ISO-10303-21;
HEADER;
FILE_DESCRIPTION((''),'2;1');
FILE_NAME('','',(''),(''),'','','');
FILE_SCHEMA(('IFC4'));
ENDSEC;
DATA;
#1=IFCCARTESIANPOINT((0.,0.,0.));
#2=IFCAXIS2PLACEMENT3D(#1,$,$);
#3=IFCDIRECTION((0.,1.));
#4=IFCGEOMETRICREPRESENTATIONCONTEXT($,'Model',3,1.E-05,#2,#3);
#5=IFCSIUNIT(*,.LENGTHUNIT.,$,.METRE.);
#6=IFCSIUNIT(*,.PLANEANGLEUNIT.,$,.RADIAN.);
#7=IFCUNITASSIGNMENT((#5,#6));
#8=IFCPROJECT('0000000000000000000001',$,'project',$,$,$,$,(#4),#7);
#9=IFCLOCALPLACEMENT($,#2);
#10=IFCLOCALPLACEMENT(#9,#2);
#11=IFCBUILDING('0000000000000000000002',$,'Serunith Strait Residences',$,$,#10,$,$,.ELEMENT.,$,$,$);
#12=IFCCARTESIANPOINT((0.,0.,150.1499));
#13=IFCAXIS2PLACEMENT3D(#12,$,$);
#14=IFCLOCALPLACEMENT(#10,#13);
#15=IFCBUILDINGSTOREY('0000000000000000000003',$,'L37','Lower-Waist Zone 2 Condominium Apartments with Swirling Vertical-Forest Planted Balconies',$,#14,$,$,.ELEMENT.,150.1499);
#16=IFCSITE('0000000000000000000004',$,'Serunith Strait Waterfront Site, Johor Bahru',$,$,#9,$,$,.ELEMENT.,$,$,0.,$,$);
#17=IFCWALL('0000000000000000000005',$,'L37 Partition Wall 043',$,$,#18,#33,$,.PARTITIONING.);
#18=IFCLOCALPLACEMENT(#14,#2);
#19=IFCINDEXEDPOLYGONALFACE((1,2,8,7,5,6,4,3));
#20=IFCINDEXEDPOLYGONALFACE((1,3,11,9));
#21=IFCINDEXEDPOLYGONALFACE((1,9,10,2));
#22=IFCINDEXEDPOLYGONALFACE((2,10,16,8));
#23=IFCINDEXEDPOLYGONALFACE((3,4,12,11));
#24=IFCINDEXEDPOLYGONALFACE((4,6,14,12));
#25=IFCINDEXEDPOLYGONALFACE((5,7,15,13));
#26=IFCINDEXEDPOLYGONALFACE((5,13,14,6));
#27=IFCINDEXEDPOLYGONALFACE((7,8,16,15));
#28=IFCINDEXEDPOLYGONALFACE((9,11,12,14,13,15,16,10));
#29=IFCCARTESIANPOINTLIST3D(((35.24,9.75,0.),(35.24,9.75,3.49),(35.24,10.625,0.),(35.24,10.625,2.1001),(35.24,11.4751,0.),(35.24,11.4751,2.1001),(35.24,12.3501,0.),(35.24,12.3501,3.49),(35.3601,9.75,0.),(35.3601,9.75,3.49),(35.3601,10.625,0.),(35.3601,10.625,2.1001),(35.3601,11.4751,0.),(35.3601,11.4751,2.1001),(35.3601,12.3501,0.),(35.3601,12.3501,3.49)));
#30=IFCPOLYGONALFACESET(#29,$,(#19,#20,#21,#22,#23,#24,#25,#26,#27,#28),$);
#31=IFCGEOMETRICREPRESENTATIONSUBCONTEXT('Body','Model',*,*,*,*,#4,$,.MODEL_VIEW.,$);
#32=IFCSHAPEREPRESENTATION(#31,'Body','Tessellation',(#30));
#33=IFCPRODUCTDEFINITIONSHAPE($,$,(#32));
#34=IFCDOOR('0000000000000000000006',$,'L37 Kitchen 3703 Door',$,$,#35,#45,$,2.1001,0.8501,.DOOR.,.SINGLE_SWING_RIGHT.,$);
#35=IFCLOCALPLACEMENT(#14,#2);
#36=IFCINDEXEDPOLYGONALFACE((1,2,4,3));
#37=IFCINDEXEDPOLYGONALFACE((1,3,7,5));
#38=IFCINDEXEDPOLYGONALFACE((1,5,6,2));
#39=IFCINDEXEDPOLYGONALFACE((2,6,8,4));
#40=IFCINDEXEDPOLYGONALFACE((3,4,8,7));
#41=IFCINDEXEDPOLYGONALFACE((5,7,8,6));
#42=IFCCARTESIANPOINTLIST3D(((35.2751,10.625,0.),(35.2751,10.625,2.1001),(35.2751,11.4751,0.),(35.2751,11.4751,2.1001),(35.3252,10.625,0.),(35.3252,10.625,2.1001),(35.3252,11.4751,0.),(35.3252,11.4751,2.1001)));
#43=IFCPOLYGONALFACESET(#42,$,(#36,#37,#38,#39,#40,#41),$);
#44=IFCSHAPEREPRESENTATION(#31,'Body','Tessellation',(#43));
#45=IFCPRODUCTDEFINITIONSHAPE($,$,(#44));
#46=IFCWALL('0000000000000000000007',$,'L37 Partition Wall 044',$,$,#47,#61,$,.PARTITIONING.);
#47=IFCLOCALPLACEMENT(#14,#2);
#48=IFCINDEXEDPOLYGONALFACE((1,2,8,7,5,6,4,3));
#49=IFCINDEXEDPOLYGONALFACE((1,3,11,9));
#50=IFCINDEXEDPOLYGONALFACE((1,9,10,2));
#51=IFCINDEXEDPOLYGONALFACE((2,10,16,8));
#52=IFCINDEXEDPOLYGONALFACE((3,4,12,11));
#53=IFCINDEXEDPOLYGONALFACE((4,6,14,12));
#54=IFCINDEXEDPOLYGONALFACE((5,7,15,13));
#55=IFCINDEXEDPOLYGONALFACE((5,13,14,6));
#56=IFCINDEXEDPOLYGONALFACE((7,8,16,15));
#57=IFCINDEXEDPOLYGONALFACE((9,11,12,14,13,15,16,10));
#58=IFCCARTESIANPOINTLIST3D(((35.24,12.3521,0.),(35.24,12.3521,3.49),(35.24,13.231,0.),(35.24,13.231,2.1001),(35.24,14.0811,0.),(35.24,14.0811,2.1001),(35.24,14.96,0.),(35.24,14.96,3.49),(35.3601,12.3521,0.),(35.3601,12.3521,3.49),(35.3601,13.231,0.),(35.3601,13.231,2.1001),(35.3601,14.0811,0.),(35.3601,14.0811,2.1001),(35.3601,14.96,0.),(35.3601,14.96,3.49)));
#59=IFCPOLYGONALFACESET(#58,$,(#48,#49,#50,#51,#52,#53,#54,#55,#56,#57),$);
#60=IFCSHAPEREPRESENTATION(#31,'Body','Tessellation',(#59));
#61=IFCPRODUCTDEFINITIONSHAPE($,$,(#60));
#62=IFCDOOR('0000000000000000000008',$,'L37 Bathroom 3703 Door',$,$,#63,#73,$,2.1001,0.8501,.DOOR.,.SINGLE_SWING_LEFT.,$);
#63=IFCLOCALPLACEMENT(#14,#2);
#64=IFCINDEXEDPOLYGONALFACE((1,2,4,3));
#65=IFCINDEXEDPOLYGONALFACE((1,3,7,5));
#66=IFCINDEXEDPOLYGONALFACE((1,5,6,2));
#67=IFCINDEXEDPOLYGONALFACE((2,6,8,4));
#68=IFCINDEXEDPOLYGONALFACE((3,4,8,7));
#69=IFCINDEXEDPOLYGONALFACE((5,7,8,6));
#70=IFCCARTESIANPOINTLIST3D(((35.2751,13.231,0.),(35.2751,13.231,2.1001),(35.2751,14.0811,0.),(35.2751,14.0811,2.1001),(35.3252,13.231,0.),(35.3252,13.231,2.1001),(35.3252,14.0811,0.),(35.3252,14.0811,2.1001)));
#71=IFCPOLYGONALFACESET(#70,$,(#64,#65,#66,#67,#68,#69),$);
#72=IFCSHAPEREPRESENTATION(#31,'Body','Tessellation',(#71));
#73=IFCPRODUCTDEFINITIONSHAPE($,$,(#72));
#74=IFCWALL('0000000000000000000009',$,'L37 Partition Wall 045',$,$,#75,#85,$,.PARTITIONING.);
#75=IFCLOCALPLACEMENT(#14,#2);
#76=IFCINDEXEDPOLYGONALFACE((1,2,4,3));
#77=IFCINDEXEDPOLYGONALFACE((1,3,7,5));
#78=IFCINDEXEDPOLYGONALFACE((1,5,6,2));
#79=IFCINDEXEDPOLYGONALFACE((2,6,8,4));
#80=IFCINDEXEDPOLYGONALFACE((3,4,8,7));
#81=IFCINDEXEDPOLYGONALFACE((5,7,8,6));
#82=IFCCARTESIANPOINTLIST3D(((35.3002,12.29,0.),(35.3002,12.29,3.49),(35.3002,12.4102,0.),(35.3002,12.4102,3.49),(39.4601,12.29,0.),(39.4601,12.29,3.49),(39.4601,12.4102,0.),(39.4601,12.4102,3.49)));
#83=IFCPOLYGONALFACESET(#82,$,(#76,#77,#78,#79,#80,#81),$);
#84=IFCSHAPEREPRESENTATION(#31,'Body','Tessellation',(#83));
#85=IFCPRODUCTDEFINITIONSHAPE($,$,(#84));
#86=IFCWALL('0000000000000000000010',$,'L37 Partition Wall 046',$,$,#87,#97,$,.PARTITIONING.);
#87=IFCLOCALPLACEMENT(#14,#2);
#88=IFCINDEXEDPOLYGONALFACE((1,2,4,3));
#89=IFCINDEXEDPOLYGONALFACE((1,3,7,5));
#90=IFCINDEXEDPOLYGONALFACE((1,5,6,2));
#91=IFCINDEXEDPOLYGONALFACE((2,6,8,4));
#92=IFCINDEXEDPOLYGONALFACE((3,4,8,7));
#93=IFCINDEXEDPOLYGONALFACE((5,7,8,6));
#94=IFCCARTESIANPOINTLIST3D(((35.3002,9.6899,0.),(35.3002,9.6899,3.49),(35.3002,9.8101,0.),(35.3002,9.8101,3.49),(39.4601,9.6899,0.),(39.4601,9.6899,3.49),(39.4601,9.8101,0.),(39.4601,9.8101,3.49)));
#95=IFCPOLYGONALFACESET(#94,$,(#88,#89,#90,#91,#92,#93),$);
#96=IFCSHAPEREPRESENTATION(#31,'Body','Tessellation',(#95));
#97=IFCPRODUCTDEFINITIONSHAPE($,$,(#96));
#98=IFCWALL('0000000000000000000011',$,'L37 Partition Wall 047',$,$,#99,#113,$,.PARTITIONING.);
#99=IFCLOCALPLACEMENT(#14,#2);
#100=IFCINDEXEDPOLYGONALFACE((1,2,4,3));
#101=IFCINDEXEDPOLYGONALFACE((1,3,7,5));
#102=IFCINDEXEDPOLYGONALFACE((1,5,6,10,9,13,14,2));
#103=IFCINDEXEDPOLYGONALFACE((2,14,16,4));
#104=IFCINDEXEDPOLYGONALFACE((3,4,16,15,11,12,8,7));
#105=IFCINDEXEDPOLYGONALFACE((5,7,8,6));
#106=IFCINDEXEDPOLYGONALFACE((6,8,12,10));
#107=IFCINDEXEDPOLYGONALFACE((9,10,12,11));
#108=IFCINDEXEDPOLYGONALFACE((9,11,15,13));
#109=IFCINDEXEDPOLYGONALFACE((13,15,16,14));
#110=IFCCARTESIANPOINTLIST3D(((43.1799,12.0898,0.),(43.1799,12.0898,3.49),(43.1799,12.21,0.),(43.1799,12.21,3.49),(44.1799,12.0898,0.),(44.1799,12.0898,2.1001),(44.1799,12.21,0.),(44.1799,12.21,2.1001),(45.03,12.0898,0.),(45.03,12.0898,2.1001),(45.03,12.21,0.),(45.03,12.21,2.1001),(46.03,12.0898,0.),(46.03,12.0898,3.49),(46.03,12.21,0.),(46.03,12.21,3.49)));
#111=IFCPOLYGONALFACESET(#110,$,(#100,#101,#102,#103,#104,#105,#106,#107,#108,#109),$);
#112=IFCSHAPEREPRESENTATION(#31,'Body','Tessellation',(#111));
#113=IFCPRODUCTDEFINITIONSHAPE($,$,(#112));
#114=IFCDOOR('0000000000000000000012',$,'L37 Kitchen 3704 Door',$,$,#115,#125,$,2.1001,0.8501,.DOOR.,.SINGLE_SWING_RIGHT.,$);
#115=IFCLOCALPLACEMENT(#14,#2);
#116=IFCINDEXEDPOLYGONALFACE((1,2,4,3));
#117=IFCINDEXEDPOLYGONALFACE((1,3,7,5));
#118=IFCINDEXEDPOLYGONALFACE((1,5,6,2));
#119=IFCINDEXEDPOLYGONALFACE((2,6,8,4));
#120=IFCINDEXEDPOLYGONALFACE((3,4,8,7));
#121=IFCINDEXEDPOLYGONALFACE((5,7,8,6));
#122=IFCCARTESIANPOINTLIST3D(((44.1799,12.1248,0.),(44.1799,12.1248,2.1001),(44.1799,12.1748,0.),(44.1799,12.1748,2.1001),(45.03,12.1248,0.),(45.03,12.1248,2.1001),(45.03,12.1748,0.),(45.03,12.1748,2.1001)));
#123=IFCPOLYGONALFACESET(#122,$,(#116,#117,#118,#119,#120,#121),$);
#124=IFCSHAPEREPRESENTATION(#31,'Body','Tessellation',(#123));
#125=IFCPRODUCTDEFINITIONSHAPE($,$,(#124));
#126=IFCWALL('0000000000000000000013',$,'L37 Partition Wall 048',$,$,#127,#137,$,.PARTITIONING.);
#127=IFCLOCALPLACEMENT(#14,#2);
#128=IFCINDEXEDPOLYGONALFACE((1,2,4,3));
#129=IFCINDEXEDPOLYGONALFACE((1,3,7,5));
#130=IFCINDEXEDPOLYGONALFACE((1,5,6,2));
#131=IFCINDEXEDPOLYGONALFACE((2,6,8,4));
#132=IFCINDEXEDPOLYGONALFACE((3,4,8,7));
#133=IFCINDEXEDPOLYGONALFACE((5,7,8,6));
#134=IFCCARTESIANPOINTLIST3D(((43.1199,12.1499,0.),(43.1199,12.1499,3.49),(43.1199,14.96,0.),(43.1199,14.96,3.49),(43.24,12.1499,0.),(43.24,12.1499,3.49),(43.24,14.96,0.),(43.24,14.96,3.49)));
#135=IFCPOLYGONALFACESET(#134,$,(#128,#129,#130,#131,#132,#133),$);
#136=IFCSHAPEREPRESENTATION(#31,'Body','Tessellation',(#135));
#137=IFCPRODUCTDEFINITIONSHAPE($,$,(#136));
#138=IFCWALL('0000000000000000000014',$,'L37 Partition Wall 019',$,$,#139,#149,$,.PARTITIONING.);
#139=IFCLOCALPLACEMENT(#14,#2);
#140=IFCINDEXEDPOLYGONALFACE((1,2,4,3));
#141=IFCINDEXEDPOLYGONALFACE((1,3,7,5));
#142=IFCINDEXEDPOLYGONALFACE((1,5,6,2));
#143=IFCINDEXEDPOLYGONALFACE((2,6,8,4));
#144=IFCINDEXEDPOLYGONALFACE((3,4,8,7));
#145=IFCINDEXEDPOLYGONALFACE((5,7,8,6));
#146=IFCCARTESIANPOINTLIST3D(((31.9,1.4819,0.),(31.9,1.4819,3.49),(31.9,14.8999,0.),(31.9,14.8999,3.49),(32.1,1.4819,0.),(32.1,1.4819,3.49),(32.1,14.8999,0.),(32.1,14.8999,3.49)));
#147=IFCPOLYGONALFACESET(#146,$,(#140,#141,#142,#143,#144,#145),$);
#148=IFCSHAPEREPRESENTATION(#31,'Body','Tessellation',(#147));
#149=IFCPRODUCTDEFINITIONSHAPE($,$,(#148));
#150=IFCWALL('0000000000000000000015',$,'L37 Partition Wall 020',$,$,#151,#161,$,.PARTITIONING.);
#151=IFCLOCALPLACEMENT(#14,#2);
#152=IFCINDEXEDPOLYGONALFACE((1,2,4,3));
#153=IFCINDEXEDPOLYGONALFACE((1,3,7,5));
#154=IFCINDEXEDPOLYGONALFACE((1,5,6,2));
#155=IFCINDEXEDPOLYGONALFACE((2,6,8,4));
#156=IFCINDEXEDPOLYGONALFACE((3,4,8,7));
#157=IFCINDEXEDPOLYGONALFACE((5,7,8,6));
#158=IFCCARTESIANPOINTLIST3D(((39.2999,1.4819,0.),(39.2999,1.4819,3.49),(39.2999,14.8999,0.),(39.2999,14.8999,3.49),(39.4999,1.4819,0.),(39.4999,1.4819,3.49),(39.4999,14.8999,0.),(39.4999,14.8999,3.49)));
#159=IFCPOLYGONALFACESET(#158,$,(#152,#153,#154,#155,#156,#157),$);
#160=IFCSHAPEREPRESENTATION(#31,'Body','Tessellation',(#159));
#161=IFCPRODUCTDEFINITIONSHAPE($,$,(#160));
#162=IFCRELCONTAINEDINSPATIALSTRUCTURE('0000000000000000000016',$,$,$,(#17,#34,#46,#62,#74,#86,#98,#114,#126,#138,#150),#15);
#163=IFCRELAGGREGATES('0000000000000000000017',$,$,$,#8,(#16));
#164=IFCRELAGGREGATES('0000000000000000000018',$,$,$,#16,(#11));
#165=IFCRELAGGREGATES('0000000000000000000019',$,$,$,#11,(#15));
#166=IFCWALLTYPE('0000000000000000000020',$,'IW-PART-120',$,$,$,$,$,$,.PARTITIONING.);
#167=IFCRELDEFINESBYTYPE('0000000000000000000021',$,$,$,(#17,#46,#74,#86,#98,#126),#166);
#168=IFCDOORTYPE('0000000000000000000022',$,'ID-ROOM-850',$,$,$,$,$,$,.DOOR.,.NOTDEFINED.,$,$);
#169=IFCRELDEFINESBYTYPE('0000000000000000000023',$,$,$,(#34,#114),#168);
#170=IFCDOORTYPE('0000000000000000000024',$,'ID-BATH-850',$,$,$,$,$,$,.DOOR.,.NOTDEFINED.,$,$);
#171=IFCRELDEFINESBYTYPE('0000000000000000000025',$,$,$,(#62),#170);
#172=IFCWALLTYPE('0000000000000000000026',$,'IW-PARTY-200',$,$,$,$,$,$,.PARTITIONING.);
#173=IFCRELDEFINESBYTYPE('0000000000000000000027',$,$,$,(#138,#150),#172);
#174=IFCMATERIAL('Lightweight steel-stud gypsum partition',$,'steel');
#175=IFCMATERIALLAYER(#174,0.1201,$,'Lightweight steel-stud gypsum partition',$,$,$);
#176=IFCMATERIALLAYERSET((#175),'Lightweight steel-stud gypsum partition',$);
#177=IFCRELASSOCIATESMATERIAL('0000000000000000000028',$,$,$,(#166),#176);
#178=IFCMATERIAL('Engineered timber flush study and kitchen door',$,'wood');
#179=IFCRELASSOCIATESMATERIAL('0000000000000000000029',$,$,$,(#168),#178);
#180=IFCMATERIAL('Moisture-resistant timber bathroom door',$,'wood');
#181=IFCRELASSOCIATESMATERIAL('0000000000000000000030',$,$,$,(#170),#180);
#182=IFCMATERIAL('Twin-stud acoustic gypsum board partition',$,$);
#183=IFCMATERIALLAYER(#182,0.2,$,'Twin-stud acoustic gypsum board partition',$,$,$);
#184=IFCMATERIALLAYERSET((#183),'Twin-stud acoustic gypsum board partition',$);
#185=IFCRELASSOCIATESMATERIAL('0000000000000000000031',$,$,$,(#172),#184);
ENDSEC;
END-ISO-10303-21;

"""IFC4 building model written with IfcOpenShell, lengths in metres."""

from ifc_helpers import new_model, si_unit, direction, frame, frame_2d, origin, place, context, subcontext, project, spatial, rectangle, extrude, source, transform, mapped, material, layer, layer_set, type_object, element, fill, save


model = new_model("IFC4")

# Units and contexts
model_context = context("Model", 3, precision=1e-05, world=origin(), true_north=direction((0.0, 1.0)))
body_context = subcontext(model_context, "Body", "Model", "MODEL_VIEW")
ifc_project = project(units=[si_unit("LENGTHUNIT", "METRE"), si_unit("PLANEANGLEUNIT", "RADIAN")], contexts=[model_context])

# Site, building, storey
site_placement = place(None, origin())
site = spatial("IfcSite", under=ifc_project, at=site_placement, Name="Serunith Strait Waterfront Site, Johor Bahru", CompositionType="ELEMENT", RefElevation=0.0)
building_placement = place(site_placement, origin())
building = spatial("IfcBuilding", under=site, at=building_placement, Name="Serunith Strait Residences", CompositionType="ELEMENT")
storey_placement = place(building_placement, frame((0.0, 0.0, 150.1499)))
storey = spatial("IfcBuildingStorey", under=building, at=storey_placement, Name="L37", Description="Lower-Waist Zone 2 Condominium Apartments with Swirling Vertical-Forest Planted Balconies", CompositionType="ELEMENT", Elevation=150.1499)

# Walls, openings, doors
ifc_material_1 = material(Name="Lightweight steel-stud gypsum partition", Category="steel")
ifc_layer_1 = layer(ifc_material_1, 0.1201, Name="Lightweight steel-stud gypsum partition")
ifc_layer_set_1 = layer_set([ifc_layer_1], Name="Lightweight steel-stud gypsum partition")
wall_type_1 = type_object("IfcWallType", Name="IW-PART-120", PredefinedType="PARTITIONING", material=ifc_layer_set_1)
wall_1_placement = place(storey_placement, frame((35.3, 9.75, 0.0), z_axis=(0.0, 0.0, 1.0), x_axis=(0.0, 1.0, 0.0)))
wall_1 = element("IfcWall", 1, at=wall_1_placement, inside=storey, type_object=wall_type_1, Name="L37 Partition Wall 043", PredefinedType="PARTITIONING", context=body_context, shape_type="SweptSolid", body=[
    extrude(rectangle(XDim=2.6001, YDim=0.1201, at=frame_2d((1.3, 0.0))), origin(), (0.0, 0.0, 1.0), 3.49),
])
opening_1_placement = place(wall_1_placement, frame((0.875, 0.0, 0.0)))
opening_1 = element("IfcOpeningElement", 2, at=opening_1_placement, cuts=wall_1, PredefinedType="OPENING", context=body_context, shape_type="SweptSolid", body=[
    extrude(rectangle(XDim=0.8501, YDim=2.1001, at=frame_2d((0.425, 1.05))), frame((0.0, 0.0701, 0.0), z_axis=(0.0, -1.0, 0.0), x_axis=(1.0, 0.0, 0.0)), (0.0, 0.0, 1.0), 0.1401),
])
ifc_material_2 = material(Name="Engineered timber flush study and kitchen door", Category="wood")
door_type_1 = type_object("IfcDoorType", Name="ID-ROOM-850", OperationType="NOTDEFINED", PredefinedType="DOOR", material=ifc_material_2)
shared_shape_1 = source(origin(), body_context, "Body", "SweptSolid", [
    extrude(rectangle(XDim=0.8501, YDim=2.1001, at=frame_2d((0.425, 1.05))), frame((0.0, 0.0249, 0.0), z_axis=(0.0, -1.0, 0.0), x_axis=(1.0, 0.0, 0.0)), (0.0, 0.0, 1.0), 0.05),
])
door_1_placement = place(opening_1_placement, origin())
door_1 = element("IfcDoor", 3, at=door_1_placement, inside=storey, type_object=door_type_1, Name="L37 Kitchen 3703 Door", OperationType="SINGLE_SWING_RIGHT", OverallHeight=2.1001, OverallWidth=0.8501, PredefinedType="DOOR", context=body_context, shape_type="MappedRepresentation", body=[
    mapped(shared_shape_1, transform((0.0, 0.0, 0.0), scale=1.0)),
])
fill(opening_1, door_1)
wall_2_placement = place(storey_placement, frame((35.3, 12.3521, 0.0), z_axis=(0.0, 0.0, 1.0), x_axis=(0.0, 1.0, 0.0)))
wall_2 = element("IfcWall", 4, at=wall_2_placement, inside=storey, type_object=wall_type_1, Name="L37 Partition Wall 044", PredefinedType="PARTITIONING", context=body_context, shape_type="SweptSolid", body=[
    extrude(rectangle(XDim=2.6079, YDim=0.1201, at=frame_2d((1.304, 0.0))), origin(), (0.0, 0.0, 1.0), 3.49),
])
opening_2_placement = place(wall_2_placement, frame((0.8789, 0.0, 0.0)))
opening_2 = element("IfcOpeningElement", 5, at=opening_2_placement, cuts=wall_2, PredefinedType="OPENING", context=body_context, shape_type="SweptSolid", body=[
    extrude(rectangle(XDim=0.8501, YDim=2.1001, at=frame_2d((0.425, 1.05))), frame((0.0, 0.0701, 0.0), z_axis=(0.0, -1.0, 0.0), x_axis=(1.0, 0.0, 0.0)), (0.0, 0.0, 1.0), 0.1401),
])
ifc_material_3 = material(Name="Moisture-resistant timber bathroom door", Category="wood")
door_type_2 = type_object("IfcDoorType", Name="ID-BATH-850", OperationType="NOTDEFINED", PredefinedType="DOOR", material=ifc_material_3)
door_2_placement = place(opening_2_placement, origin())
door_2 = element("IfcDoor", 6, at=door_2_placement, inside=storey, type_object=door_type_2, Name="L37 Bathroom 3703 Door", OperationType="SINGLE_SWING_LEFT", OverallHeight=2.1001, OverallWidth=0.8501, PredefinedType="DOOR", context=body_context, shape_type="MappedRepresentation", body=[
    mapped(shared_shape_1, transform((0.0, 0.0, 0.0), scale=1.0)),
])
fill(opening_2, door_2)

# Walls
for number, where, z_axis, x_axis, name in (
    (7, (35.3, 12.3501, 0.0), (0.0, 0.0, 1.0), (1.0, 0.0, 0.0), "L37 Partition Wall 045"),
    (8, (35.3, 9.75, 0.0), (0.0, 0.0, 1.0), (1.0, 0.0, 0.0), "L37 Partition Wall 046"),
):
    element("IfcWall", number, at=place(storey_placement, frame(where, z_axis=z_axis, x_axis=x_axis)), inside=storey, type_object=wall_type_1, Name=name, PredefinedType="PARTITIONING", context=body_context, shape_type="SweptSolid", body=[
        extrude(rectangle(XDim=4.1599, YDim=0.1201, at=frame_2d((2.0801, 0.0))), origin(), (0.0, 0.0, 1.0), 3.49),
    ])

# Wall, opening, door
wall_3_placement = place(storey_placement, frame((43.1799, 12.1499, 0.0), z_axis=(0.0, 0.0, 1.0), x_axis=(1.0, 0.0, 0.0)))
wall_3 = element("IfcWall", 9, at=wall_3_placement, inside=storey, type_object=wall_type_1, Name="L37 Partition Wall 047", PredefinedType="PARTITIONING", context=body_context, shape_type="SweptSolid", body=[
    extrude(rectangle(XDim=2.8501, YDim=0.1201, at=frame_2d((1.425, 0.0))), origin(), (0.0, 0.0, 1.0), 3.49),
])
opening_3_placement = place(wall_3_placement, frame((1.0, 0.0, 0.0)))
opening_3 = element("IfcOpeningElement", 10, at=opening_3_placement, cuts=wall_3, PredefinedType="OPENING", context=body_context, shape_type="SweptSolid", body=[
    extrude(rectangle(XDim=0.8501, YDim=2.1001, at=frame_2d((0.425, 1.05))), frame((0.0, 0.0701, 0.0), z_axis=(0.0, -1.0, 0.0), x_axis=(1.0, 0.0, 0.0)), (0.0, 0.0, 1.0), 0.1401),
])
door_3_placement = place(opening_3_placement, origin())
door_3 = element("IfcDoor", 11, at=door_3_placement, inside=storey, type_object=door_type_1, Name="L37 Kitchen 3704 Door", OperationType="SINGLE_SWING_RIGHT", OverallHeight=2.1001, OverallWidth=0.8501, PredefinedType="DOOR", context=body_context, shape_type="MappedRepresentation", body=[
    mapped(shared_shape_1, transform((0.0, 0.0, 0.0), scale=1.0)),
])
fill(opening_3, door_3)

# Walls
wall_4_placement = place(storey_placement, frame((43.1799, 12.1499, 0.0), z_axis=(0.0, 0.0, 1.0), x_axis=(0.0, 1.0, 0.0)))
element("IfcWall", 12, at=wall_4_placement, inside=storey, type_object=wall_type_1, Name="L37 Partition Wall 048", PredefinedType="PARTITIONING", context=body_context, shape_type="SweptSolid", body=[
    extrude(rectangle(XDim=2.8101, YDim=0.1201, at=frame_2d((1.405, 0.0))), origin(), (0.0, 0.0, 1.0), 3.49),
])
ifc_material_4 = material(Name="Twin-stud acoustic gypsum board partition")
ifc_layer_2 = layer(ifc_material_4, 0.2, Name="Twin-stud acoustic gypsum board partition")
ifc_layer_set_2 = layer_set([ifc_layer_2], Name="Twin-stud acoustic gypsum board partition")
wall_type_2 = type_object("IfcWallType", Name="IW-PARTY-200", PredefinedType="PARTITIONING", material=ifc_layer_set_2)
for number, where, z_axis, x_axis, name in (
    (13, (32.0, 1.4819, 0.0), (0.0, 0.0, 1.0), (0.0, 1.0, 0.0), "L37 Partition Wall 019"),
    (14, (39.3999, 1.4819, 0.0), (0.0, 0.0, 1.0), (0.0, 1.0, 0.0), "L37 Partition Wall 020"),
):
    element("IfcWall", number, at=place(storey_placement, frame(where, z_axis=z_axis, x_axis=x_axis)), inside=storey, type_object=wall_type_2, Name=name, PredefinedType="PARTITIONING", context=body_context, shape_type="SweptSolid", body=[
        extrude(rectangle(XDim=13.418, YDim=0.2, at=frame_2d((6.709, 0.0))), origin(), (0.0, 0.0, 1.0), 3.49),
    ])

save(model, "model.ifc")
